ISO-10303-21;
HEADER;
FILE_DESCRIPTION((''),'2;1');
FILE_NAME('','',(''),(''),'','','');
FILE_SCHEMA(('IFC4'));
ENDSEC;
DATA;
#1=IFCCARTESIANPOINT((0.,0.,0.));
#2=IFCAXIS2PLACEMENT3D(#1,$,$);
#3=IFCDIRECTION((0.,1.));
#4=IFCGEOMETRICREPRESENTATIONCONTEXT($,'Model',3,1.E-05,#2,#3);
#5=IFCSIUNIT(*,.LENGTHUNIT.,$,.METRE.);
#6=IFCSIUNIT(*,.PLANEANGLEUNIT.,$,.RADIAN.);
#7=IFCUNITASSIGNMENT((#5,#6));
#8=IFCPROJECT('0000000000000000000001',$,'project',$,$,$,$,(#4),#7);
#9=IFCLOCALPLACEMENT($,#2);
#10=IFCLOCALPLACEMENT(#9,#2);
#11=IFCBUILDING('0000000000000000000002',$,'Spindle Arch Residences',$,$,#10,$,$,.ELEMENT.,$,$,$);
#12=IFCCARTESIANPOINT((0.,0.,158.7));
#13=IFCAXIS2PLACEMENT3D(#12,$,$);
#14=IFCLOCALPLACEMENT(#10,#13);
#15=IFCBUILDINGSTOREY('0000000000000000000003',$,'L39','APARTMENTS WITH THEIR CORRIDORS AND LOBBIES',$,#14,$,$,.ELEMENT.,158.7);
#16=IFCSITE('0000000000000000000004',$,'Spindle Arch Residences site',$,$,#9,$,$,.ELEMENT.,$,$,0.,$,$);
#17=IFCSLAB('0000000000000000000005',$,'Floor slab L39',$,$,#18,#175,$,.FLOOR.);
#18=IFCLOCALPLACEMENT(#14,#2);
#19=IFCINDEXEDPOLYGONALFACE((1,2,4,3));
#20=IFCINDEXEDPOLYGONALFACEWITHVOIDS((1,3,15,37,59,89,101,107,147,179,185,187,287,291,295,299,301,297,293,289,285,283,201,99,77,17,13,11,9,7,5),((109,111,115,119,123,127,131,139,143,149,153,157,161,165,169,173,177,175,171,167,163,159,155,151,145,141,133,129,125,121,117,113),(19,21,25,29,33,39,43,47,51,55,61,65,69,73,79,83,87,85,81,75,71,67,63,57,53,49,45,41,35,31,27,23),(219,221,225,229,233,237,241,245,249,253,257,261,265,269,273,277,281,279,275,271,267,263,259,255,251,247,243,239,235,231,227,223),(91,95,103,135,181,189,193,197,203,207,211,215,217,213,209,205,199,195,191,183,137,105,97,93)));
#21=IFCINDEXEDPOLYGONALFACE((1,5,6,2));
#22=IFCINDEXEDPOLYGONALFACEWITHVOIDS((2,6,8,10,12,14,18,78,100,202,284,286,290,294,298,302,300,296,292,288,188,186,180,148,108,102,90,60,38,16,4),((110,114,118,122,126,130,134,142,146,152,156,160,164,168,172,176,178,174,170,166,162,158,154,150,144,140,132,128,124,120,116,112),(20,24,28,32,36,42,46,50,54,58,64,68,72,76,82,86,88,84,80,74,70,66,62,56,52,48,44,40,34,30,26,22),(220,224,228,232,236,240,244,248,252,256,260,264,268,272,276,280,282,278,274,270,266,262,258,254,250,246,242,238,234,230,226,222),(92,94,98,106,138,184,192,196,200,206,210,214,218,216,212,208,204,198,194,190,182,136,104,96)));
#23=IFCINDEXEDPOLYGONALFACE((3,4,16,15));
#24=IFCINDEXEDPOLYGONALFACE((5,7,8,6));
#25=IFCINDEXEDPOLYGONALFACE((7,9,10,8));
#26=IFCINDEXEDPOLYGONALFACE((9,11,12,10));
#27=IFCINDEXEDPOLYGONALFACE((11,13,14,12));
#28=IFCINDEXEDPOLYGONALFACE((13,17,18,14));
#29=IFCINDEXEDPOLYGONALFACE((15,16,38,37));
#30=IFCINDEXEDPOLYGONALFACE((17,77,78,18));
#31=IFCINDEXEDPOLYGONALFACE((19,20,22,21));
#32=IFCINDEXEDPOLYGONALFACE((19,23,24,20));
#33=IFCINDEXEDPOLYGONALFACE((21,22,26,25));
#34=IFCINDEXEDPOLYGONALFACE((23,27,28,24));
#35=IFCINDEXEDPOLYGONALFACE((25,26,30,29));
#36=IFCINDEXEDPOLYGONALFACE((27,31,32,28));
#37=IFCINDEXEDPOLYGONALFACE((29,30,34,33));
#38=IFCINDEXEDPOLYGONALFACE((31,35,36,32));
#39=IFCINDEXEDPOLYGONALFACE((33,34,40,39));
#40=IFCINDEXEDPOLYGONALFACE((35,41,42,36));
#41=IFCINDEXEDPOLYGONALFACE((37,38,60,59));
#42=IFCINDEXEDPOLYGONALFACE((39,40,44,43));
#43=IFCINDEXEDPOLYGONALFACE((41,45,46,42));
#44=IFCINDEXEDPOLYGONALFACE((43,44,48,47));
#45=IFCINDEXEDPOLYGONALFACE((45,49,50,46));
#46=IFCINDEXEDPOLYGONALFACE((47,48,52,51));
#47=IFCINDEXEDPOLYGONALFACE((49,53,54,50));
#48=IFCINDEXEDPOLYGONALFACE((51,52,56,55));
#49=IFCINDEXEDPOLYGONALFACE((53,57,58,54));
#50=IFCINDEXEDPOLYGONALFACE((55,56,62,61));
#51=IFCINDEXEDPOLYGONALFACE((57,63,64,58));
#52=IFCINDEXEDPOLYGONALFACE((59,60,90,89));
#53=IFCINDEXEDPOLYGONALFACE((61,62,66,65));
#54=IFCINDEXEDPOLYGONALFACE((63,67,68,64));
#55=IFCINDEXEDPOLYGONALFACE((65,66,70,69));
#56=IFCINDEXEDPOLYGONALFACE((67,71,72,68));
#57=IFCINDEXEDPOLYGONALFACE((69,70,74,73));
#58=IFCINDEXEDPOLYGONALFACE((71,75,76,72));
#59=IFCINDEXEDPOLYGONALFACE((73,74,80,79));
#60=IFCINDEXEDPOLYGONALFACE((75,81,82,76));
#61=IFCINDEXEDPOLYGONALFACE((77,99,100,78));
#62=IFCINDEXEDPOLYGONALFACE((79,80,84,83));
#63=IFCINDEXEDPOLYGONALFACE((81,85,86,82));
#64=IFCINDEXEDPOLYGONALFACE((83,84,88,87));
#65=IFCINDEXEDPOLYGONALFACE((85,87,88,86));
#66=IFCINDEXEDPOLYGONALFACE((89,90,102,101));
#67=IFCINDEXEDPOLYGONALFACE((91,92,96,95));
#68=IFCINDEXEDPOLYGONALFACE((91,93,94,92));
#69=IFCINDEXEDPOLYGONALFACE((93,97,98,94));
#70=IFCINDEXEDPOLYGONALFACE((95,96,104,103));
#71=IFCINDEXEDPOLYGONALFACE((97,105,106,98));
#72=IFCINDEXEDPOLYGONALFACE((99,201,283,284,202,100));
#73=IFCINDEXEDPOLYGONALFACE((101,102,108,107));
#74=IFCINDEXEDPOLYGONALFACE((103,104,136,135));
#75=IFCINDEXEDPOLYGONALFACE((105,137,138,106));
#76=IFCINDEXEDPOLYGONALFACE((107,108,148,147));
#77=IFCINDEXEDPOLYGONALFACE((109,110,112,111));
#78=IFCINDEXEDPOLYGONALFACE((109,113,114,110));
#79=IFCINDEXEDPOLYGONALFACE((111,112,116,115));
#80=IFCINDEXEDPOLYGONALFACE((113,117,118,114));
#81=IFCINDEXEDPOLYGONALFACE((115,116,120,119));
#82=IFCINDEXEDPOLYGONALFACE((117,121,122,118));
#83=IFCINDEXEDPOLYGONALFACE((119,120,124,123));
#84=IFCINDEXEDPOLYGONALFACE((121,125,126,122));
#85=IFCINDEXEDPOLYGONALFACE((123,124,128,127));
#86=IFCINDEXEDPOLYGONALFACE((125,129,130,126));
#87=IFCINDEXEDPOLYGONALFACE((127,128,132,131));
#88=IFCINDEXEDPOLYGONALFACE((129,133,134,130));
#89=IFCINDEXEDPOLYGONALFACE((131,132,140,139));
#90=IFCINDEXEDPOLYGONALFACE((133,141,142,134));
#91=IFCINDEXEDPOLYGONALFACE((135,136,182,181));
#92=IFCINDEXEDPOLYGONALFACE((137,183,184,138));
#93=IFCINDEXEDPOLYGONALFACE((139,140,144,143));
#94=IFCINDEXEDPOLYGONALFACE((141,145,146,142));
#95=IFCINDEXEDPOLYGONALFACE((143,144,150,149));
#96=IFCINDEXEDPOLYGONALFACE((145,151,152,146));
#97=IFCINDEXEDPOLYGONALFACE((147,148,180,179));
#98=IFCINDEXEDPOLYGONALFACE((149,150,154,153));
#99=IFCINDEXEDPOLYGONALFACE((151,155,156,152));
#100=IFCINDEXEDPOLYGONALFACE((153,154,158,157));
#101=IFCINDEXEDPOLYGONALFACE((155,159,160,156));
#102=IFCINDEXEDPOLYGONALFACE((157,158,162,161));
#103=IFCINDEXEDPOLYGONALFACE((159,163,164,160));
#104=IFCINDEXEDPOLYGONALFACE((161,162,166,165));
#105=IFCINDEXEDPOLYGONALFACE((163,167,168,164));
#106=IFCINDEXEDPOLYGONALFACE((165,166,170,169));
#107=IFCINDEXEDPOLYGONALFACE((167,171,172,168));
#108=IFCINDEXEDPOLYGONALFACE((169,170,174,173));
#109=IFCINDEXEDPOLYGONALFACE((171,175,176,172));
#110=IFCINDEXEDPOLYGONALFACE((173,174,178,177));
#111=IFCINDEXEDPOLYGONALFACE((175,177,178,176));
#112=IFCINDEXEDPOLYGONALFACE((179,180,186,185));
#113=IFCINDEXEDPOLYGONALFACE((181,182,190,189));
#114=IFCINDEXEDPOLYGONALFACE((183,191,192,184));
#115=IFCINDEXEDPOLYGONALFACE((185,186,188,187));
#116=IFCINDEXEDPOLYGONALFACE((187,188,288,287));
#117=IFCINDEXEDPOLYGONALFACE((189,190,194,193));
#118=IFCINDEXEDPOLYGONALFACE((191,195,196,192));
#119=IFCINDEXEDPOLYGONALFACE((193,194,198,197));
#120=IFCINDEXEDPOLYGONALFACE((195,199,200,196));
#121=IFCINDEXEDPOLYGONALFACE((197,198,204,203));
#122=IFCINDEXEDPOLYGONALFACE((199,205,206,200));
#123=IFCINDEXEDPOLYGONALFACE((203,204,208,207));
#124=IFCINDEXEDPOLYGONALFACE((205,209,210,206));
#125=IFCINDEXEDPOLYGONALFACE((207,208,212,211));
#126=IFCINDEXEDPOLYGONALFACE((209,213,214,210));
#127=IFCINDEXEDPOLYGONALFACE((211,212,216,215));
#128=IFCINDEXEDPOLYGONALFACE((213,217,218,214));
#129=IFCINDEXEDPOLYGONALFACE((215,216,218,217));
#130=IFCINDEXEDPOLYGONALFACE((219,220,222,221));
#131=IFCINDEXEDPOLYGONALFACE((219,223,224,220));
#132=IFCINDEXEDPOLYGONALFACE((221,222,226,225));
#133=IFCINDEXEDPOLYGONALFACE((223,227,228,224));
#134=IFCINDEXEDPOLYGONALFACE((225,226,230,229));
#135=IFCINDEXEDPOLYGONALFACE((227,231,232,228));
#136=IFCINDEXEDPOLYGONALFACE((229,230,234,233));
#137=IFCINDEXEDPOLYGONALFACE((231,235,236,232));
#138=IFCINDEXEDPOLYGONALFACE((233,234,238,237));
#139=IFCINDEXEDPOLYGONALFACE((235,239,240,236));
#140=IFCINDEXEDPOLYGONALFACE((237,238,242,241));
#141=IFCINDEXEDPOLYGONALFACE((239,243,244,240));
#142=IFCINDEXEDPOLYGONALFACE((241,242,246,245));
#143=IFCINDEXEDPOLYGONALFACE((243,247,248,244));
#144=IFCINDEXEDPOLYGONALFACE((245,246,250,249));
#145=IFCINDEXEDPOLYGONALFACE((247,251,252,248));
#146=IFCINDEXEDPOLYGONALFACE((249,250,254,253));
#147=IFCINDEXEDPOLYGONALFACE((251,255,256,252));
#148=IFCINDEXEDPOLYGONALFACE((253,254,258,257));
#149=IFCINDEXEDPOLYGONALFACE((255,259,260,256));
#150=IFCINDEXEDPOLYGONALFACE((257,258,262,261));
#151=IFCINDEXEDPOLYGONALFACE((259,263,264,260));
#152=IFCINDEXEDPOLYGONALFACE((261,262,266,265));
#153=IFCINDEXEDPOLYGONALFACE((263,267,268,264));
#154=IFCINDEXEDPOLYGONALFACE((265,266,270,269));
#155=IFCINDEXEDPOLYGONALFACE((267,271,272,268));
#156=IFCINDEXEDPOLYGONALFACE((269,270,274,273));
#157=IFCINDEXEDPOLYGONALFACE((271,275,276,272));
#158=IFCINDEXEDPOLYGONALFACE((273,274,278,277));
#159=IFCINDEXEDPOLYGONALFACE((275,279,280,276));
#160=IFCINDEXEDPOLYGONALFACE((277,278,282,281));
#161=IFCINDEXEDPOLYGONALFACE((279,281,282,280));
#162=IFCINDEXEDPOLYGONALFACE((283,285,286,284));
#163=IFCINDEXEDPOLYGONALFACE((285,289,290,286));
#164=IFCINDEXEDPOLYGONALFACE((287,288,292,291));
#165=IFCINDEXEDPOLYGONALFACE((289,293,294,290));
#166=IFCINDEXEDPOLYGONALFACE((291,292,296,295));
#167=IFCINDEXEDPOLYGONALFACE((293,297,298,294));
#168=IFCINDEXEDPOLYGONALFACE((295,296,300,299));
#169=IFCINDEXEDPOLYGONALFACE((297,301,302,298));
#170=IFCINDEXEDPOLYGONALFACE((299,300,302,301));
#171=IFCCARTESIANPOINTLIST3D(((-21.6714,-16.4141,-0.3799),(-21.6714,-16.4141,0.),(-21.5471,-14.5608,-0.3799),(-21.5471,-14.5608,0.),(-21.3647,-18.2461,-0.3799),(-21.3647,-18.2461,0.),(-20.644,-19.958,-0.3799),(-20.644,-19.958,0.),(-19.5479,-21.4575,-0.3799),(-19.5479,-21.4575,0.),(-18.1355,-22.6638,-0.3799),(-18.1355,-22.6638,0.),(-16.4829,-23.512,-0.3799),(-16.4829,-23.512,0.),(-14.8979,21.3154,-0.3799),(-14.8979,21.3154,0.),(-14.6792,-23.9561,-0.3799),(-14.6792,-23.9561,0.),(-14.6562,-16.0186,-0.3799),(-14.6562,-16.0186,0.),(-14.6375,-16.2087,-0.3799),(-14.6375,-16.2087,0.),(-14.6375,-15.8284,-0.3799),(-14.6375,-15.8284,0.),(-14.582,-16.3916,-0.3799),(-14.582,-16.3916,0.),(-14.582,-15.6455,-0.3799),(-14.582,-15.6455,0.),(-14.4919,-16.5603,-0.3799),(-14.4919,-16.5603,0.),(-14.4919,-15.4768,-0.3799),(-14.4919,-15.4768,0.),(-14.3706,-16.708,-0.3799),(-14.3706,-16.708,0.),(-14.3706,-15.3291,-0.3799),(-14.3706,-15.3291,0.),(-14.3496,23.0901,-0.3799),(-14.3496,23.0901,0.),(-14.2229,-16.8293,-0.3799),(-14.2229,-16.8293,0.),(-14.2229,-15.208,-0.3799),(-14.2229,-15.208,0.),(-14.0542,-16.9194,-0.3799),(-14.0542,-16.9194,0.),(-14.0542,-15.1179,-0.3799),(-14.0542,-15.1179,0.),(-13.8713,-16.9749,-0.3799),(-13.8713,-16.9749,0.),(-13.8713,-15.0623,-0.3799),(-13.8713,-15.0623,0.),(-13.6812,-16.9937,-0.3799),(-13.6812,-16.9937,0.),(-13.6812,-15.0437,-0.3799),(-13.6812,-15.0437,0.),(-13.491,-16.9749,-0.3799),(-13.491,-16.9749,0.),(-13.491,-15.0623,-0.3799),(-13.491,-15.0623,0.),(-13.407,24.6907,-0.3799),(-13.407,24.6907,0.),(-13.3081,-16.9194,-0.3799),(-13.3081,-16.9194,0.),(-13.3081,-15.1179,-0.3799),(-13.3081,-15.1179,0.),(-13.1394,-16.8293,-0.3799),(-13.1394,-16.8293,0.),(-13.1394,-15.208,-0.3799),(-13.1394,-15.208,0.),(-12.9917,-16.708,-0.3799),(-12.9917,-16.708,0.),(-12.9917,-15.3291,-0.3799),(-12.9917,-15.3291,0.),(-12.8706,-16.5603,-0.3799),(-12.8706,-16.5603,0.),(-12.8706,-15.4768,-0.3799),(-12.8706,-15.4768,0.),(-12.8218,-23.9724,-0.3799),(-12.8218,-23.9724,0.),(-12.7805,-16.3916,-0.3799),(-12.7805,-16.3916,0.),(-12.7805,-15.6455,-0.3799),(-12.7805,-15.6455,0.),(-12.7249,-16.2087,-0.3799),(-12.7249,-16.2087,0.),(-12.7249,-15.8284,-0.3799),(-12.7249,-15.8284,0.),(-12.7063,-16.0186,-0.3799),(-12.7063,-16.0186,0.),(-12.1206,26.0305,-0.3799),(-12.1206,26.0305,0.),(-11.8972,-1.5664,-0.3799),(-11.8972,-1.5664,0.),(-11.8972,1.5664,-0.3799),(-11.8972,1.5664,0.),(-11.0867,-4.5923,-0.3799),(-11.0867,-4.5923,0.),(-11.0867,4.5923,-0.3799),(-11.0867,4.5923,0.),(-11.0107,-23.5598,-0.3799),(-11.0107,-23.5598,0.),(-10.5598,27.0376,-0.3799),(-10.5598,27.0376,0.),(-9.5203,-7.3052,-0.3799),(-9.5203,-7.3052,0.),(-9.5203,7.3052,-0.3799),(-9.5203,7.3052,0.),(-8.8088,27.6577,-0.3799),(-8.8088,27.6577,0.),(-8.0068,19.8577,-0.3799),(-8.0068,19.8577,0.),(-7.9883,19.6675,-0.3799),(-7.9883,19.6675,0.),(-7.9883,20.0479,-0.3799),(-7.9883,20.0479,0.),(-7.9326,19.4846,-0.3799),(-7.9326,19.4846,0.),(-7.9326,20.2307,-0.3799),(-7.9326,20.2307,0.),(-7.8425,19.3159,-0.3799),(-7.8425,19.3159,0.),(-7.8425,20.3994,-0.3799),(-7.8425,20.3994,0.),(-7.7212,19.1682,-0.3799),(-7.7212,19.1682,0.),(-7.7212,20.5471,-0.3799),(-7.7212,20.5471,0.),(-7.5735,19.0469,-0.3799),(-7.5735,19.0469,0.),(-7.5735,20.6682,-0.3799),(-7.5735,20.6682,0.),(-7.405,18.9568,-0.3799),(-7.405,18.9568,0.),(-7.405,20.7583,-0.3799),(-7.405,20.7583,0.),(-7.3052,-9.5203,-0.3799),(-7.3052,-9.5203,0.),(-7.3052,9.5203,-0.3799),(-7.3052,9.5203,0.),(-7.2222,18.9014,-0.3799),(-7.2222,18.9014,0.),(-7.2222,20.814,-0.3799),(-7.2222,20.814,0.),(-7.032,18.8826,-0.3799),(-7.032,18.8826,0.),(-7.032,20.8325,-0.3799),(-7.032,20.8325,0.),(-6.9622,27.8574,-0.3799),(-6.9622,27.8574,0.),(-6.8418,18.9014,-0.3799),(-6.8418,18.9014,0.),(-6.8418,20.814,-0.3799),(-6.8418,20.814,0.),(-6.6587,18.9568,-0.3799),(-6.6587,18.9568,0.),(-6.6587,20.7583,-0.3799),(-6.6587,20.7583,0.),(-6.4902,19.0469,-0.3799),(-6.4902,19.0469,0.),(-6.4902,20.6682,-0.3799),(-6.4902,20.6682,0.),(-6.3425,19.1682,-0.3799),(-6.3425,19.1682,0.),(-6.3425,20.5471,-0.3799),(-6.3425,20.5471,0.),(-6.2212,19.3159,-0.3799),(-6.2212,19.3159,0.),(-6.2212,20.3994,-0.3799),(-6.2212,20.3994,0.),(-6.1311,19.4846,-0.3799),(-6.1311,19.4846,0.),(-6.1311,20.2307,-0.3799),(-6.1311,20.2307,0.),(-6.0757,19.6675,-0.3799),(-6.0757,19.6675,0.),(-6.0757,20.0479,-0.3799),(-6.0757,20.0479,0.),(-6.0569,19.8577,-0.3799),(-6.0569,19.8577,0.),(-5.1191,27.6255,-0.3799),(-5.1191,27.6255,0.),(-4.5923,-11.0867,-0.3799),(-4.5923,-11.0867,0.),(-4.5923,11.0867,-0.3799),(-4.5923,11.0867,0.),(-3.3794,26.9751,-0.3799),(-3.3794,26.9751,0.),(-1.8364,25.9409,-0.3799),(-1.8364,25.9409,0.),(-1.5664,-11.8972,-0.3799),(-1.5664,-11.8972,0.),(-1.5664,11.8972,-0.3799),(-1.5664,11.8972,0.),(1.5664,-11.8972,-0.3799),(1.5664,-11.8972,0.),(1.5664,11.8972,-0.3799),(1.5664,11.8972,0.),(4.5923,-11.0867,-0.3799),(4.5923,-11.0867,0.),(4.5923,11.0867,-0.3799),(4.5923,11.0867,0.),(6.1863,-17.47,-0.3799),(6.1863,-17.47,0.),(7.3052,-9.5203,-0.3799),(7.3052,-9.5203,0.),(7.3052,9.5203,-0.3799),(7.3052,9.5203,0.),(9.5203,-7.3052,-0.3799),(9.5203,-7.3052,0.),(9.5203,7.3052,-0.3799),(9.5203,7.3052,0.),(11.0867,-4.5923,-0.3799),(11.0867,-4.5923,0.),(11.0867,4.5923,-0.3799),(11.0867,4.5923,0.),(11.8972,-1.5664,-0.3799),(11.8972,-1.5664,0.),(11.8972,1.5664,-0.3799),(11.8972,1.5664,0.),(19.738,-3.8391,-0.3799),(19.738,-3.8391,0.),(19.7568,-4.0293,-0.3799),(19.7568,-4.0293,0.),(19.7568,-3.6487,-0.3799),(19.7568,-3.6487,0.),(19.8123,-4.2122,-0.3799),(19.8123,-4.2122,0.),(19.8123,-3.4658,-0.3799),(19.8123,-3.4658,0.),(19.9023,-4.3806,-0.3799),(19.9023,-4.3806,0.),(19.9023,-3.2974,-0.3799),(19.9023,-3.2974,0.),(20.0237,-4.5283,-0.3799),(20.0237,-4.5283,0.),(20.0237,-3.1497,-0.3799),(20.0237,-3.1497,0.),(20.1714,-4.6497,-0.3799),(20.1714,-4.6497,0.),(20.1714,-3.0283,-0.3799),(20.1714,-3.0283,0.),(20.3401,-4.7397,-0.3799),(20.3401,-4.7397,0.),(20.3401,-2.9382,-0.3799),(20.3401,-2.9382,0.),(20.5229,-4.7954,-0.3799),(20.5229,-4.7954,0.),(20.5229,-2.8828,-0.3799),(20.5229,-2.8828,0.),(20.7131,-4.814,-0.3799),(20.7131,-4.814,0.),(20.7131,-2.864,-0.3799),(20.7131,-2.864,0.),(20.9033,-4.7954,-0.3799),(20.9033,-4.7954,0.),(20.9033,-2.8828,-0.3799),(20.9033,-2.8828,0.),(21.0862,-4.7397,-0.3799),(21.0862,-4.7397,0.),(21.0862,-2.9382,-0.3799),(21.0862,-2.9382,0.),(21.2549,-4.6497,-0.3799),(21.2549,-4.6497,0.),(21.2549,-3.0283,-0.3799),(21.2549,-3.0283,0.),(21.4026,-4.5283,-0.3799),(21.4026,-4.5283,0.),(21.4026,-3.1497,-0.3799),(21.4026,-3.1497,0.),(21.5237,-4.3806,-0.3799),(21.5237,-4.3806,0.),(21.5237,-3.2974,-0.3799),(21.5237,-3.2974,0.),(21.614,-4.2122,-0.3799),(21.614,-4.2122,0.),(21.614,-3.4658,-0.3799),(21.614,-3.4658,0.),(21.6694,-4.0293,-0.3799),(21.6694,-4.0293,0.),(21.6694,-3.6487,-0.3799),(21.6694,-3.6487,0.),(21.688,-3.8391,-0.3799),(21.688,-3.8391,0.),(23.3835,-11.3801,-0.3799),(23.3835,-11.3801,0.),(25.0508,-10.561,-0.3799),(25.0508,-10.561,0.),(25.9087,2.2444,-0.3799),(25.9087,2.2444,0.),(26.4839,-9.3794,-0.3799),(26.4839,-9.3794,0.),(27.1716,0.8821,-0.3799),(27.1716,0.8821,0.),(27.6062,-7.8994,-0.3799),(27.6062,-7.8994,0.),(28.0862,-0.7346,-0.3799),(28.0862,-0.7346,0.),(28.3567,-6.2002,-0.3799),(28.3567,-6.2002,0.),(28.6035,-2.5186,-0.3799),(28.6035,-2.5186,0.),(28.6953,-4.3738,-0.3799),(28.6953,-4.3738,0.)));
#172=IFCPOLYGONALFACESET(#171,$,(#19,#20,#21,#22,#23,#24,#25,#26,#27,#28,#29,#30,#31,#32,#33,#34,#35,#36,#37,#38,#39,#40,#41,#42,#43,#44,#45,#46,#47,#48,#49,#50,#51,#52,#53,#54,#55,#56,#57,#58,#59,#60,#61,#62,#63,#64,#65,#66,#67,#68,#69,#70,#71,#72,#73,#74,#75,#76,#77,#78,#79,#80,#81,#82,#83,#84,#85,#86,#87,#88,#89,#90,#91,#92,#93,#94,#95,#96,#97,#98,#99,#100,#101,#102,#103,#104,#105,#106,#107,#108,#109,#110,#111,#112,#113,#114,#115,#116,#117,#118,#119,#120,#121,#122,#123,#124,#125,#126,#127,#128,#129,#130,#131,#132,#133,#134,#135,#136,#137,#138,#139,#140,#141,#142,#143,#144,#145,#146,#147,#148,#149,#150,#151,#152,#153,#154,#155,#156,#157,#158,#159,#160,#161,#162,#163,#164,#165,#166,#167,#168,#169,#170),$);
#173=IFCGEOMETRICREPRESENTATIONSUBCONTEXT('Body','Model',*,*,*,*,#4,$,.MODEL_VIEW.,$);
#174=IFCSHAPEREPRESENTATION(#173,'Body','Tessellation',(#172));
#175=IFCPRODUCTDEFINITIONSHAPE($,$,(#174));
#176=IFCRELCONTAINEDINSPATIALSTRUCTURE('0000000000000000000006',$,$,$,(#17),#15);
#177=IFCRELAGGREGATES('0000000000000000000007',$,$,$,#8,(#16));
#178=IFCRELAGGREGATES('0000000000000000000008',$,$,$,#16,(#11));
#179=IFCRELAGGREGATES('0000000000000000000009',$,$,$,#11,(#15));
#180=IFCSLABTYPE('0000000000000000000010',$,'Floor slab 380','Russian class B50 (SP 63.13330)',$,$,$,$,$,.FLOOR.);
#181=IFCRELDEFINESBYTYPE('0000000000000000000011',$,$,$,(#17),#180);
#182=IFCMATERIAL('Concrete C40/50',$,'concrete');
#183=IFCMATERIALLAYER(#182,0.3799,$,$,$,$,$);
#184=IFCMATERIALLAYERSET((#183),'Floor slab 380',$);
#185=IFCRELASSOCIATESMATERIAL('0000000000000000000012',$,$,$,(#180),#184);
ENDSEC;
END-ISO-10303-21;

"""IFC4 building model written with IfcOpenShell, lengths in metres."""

from ifc_helpers import new_model, si_unit, direction, frame, origin, place, context, subcontext, project, spatial, polyline, outline, extrude, material, layer, layer_set, type_object, element, save


model = new_model("IFC4")

# Units and contexts
model_context = context("Model", 3, precision=1e-05, world=origin(), true_north=direction((0.0, 1.0)))
body_context = subcontext(model_context, "Body", "Model", "MODEL_VIEW")
ifc_project = project(units=[si_unit("LENGTHUNIT", "METRE"), si_unit("PLANEANGLEUNIT", "RADIAN")], contexts=[model_context])

# Site, building, storey
site_placement = place(None, origin())
site = spatial("IfcSite", under=ifc_project, at=site_placement, Name="Spindle Arch Residences site", CompositionType="ELEMENT", RefElevation=0.0)
building_placement = place(site_placement, origin())
building = spatial("IfcBuilding", under=site, at=building_placement, Name="Spindle Arch Residences", CompositionType="ELEMENT")
storey_placement = place(building_placement, frame((0.0, 0.0, 158.7)))
storey = spatial("IfcBuildingStorey", under=building, at=storey_placement, Name="L39", Description="APARTMENTS WITH THEIR CORRIDORS AND LOBBIES", CompositionType="ELEMENT", Elevation=158.7)

# Slab
ifc_material_1 = material(Name="Concrete C40/50", Category="concrete")
ifc_layer_1 = layer(ifc_material_1, 0.3799)
ifc_layer_set_1 = layer_set([ifc_layer_1], Name="Floor slab 380")
slab_type_1 = type_object("IfcSlabType", Name="Floor slab 380", Description="Russian class B50 (SP 63.13330)", PredefinedType="FLOOR", material=ifc_layer_set_1)
slab_1_placement = place(storey_placement, frame((0.0, 0.0, -0.3799)))
element("IfcSlab", 1, at=slab_1_placement, inside=storey, type_object=slab_type_1, Name="Floor slab L39", PredefinedType="FLOOR", context=body_context, shape_type="SweptSolid", body=[
    extrude(outline(polyline([(-12.8218, -23.9724), (-14.6792, -23.9561), (-16.4829, -23.512), (-18.1355, -22.6638), (-19.5479, -21.4575), (-20.644, -19.958), (-21.3647, -18.2461), (-21.6714, -16.4141), (-21.5471, -14.5608), (-14.8979, 21.3154), (-14.3496, 23.0901), (-13.407, 24.6907), (-12.1206, 26.0305), (-10.5598, 27.0376), (-8.8088, 27.6577), (-6.9622, 27.8574), (-5.1191, 27.6255), (-3.3794, 26.9751), (-1.8364, 25.9409), (25.9087, 2.2444), (27.1716, 0.8821), (28.0862, -0.7346), (28.6035, -2.5186), (28.6953, -4.3738), (28.3567, -6.2002), (27.6062, -7.8994), (26.4839, -9.3794), (25.0508, -10.561), (23.3835, -11.3801), (6.1863, -17.47), (-11.0107, -23.5598), (-12.8218, -23.9724)]), holes=[polyline([(7.3052, -9.5203), (9.5203, -7.3052), (11.0867, -4.5923), (11.8972, -1.5664), (11.8972, 1.5664), (11.0867, 4.5923), (9.5203, 7.3052), (7.3052, 9.5203), (4.5923, 11.0867), (1.5664, 11.8972), (-1.5664, 11.8972), (-4.5923, 11.0867), (-7.3052, 9.5203), (-9.5203, 7.3052), (-11.0867, 4.5923), (-11.8972, 1.5664), (-11.8972, -1.5664), (-11.0867, -4.5923), (-9.5203, -7.3052), (-7.3052, -9.5203), (-4.5923, -11.0867), (-1.5664, -11.8972), (1.5664, -11.8972), (4.5923, -11.0867), (7.3052, -9.5203)]), polyline([(-12.9917, -16.708), (-12.8706, -16.5603), (-12.7805, -16.3916), (-12.7249, -16.2087), (-12.7063, -16.0186), (-12.7249, -15.8284), (-12.7805, -15.6455), (-12.8706, -15.4768), (-12.9917, -15.3291), (-13.1394, -15.208), (-13.3081, -15.1179), (-13.491, -15.0623), (-13.6812, -15.0437), (-13.8713, -15.0623), (-14.0542, -15.1179), (-14.2229, -15.208), (-14.3706, -15.3291), (-14.4919, -15.4768), (-14.582, -15.6455), (-14.6375, -15.8284), (-14.6562, -16.0186), (-14.6375, -16.2087), (-14.582, -16.3916), (-14.4919, -16.5603), (-14.3706, -16.708), (-14.2229, -16.8293), (-14.0542, -16.9194), (-13.8713, -16.9749), (-13.6812, -16.9937), (-13.491, -16.9749), (-13.3081, -16.9194), (-13.1394, -16.8293), (-12.9917, -16.708)]), polyline([(-6.2212, 19.3159), (-6.1311, 19.4846), (-6.0757, 19.6675), (-6.0569, 19.8577), (-6.0757, 20.0479), (-6.1311, 20.2307), (-6.2212, 20.3994), (-6.3425, 20.5471), (-6.4902, 20.6682), (-6.6587, 20.7583), (-6.8418, 20.814), (-7.032, 20.8325), (-7.2222, 20.814), (-7.405, 20.7583), (-7.5735, 20.6682), (-7.7212, 20.5471), (-7.8425, 20.3994), (-7.9326, 20.2307), (-7.9883, 20.0479), (-8.0068, 19.8577), (-7.9883, 19.6675), (-7.9326, 19.4846), (-7.8425, 19.3159), (-7.7212, 19.1682), (-7.5735, 19.0469), (-7.405, 18.9568), (-7.2222, 18.9014), (-7.032, 18.8826), (-6.8418, 18.9014), (-6.6587, 18.9568), (-6.4902, 19.0469), (-6.3425, 19.1682), (-6.2212, 19.3159)]), polyline([(21.5237, -4.3806), (21.614, -4.2122), (21.6694, -4.0293), (21.688, -3.8391), (21.6694, -3.6487), (21.614, -3.4658), (21.5237, -3.2974), (21.4026, -3.1497), (21.2549, -3.0283), (21.0862, -2.9382), (20.9033, -2.8828), (20.7131, -2.864), (20.5229, -2.8828), (20.3401, -2.9382), (20.1714, -3.0283), (20.0237, -3.1497), (19.9023, -3.2974), (19.8123, -3.4658), (19.7568, -3.6487), (19.738, -3.8391), (19.7568, -4.0293), (19.8123, -4.2122), (19.9023, -4.3806), (20.0237, -4.5283), (20.1714, -4.6497), (20.3401, -4.7397), (20.5229, -4.7954), (20.7131, -4.814), (20.9033, -4.7954), (21.0862, -4.7397), (21.2549, -4.6497), (21.4026, -4.5283), (21.5237, -4.3806)])]), origin(), (0.0, 0.0, 1.0), 0.3799),
])

save(model, "model.ifc")
